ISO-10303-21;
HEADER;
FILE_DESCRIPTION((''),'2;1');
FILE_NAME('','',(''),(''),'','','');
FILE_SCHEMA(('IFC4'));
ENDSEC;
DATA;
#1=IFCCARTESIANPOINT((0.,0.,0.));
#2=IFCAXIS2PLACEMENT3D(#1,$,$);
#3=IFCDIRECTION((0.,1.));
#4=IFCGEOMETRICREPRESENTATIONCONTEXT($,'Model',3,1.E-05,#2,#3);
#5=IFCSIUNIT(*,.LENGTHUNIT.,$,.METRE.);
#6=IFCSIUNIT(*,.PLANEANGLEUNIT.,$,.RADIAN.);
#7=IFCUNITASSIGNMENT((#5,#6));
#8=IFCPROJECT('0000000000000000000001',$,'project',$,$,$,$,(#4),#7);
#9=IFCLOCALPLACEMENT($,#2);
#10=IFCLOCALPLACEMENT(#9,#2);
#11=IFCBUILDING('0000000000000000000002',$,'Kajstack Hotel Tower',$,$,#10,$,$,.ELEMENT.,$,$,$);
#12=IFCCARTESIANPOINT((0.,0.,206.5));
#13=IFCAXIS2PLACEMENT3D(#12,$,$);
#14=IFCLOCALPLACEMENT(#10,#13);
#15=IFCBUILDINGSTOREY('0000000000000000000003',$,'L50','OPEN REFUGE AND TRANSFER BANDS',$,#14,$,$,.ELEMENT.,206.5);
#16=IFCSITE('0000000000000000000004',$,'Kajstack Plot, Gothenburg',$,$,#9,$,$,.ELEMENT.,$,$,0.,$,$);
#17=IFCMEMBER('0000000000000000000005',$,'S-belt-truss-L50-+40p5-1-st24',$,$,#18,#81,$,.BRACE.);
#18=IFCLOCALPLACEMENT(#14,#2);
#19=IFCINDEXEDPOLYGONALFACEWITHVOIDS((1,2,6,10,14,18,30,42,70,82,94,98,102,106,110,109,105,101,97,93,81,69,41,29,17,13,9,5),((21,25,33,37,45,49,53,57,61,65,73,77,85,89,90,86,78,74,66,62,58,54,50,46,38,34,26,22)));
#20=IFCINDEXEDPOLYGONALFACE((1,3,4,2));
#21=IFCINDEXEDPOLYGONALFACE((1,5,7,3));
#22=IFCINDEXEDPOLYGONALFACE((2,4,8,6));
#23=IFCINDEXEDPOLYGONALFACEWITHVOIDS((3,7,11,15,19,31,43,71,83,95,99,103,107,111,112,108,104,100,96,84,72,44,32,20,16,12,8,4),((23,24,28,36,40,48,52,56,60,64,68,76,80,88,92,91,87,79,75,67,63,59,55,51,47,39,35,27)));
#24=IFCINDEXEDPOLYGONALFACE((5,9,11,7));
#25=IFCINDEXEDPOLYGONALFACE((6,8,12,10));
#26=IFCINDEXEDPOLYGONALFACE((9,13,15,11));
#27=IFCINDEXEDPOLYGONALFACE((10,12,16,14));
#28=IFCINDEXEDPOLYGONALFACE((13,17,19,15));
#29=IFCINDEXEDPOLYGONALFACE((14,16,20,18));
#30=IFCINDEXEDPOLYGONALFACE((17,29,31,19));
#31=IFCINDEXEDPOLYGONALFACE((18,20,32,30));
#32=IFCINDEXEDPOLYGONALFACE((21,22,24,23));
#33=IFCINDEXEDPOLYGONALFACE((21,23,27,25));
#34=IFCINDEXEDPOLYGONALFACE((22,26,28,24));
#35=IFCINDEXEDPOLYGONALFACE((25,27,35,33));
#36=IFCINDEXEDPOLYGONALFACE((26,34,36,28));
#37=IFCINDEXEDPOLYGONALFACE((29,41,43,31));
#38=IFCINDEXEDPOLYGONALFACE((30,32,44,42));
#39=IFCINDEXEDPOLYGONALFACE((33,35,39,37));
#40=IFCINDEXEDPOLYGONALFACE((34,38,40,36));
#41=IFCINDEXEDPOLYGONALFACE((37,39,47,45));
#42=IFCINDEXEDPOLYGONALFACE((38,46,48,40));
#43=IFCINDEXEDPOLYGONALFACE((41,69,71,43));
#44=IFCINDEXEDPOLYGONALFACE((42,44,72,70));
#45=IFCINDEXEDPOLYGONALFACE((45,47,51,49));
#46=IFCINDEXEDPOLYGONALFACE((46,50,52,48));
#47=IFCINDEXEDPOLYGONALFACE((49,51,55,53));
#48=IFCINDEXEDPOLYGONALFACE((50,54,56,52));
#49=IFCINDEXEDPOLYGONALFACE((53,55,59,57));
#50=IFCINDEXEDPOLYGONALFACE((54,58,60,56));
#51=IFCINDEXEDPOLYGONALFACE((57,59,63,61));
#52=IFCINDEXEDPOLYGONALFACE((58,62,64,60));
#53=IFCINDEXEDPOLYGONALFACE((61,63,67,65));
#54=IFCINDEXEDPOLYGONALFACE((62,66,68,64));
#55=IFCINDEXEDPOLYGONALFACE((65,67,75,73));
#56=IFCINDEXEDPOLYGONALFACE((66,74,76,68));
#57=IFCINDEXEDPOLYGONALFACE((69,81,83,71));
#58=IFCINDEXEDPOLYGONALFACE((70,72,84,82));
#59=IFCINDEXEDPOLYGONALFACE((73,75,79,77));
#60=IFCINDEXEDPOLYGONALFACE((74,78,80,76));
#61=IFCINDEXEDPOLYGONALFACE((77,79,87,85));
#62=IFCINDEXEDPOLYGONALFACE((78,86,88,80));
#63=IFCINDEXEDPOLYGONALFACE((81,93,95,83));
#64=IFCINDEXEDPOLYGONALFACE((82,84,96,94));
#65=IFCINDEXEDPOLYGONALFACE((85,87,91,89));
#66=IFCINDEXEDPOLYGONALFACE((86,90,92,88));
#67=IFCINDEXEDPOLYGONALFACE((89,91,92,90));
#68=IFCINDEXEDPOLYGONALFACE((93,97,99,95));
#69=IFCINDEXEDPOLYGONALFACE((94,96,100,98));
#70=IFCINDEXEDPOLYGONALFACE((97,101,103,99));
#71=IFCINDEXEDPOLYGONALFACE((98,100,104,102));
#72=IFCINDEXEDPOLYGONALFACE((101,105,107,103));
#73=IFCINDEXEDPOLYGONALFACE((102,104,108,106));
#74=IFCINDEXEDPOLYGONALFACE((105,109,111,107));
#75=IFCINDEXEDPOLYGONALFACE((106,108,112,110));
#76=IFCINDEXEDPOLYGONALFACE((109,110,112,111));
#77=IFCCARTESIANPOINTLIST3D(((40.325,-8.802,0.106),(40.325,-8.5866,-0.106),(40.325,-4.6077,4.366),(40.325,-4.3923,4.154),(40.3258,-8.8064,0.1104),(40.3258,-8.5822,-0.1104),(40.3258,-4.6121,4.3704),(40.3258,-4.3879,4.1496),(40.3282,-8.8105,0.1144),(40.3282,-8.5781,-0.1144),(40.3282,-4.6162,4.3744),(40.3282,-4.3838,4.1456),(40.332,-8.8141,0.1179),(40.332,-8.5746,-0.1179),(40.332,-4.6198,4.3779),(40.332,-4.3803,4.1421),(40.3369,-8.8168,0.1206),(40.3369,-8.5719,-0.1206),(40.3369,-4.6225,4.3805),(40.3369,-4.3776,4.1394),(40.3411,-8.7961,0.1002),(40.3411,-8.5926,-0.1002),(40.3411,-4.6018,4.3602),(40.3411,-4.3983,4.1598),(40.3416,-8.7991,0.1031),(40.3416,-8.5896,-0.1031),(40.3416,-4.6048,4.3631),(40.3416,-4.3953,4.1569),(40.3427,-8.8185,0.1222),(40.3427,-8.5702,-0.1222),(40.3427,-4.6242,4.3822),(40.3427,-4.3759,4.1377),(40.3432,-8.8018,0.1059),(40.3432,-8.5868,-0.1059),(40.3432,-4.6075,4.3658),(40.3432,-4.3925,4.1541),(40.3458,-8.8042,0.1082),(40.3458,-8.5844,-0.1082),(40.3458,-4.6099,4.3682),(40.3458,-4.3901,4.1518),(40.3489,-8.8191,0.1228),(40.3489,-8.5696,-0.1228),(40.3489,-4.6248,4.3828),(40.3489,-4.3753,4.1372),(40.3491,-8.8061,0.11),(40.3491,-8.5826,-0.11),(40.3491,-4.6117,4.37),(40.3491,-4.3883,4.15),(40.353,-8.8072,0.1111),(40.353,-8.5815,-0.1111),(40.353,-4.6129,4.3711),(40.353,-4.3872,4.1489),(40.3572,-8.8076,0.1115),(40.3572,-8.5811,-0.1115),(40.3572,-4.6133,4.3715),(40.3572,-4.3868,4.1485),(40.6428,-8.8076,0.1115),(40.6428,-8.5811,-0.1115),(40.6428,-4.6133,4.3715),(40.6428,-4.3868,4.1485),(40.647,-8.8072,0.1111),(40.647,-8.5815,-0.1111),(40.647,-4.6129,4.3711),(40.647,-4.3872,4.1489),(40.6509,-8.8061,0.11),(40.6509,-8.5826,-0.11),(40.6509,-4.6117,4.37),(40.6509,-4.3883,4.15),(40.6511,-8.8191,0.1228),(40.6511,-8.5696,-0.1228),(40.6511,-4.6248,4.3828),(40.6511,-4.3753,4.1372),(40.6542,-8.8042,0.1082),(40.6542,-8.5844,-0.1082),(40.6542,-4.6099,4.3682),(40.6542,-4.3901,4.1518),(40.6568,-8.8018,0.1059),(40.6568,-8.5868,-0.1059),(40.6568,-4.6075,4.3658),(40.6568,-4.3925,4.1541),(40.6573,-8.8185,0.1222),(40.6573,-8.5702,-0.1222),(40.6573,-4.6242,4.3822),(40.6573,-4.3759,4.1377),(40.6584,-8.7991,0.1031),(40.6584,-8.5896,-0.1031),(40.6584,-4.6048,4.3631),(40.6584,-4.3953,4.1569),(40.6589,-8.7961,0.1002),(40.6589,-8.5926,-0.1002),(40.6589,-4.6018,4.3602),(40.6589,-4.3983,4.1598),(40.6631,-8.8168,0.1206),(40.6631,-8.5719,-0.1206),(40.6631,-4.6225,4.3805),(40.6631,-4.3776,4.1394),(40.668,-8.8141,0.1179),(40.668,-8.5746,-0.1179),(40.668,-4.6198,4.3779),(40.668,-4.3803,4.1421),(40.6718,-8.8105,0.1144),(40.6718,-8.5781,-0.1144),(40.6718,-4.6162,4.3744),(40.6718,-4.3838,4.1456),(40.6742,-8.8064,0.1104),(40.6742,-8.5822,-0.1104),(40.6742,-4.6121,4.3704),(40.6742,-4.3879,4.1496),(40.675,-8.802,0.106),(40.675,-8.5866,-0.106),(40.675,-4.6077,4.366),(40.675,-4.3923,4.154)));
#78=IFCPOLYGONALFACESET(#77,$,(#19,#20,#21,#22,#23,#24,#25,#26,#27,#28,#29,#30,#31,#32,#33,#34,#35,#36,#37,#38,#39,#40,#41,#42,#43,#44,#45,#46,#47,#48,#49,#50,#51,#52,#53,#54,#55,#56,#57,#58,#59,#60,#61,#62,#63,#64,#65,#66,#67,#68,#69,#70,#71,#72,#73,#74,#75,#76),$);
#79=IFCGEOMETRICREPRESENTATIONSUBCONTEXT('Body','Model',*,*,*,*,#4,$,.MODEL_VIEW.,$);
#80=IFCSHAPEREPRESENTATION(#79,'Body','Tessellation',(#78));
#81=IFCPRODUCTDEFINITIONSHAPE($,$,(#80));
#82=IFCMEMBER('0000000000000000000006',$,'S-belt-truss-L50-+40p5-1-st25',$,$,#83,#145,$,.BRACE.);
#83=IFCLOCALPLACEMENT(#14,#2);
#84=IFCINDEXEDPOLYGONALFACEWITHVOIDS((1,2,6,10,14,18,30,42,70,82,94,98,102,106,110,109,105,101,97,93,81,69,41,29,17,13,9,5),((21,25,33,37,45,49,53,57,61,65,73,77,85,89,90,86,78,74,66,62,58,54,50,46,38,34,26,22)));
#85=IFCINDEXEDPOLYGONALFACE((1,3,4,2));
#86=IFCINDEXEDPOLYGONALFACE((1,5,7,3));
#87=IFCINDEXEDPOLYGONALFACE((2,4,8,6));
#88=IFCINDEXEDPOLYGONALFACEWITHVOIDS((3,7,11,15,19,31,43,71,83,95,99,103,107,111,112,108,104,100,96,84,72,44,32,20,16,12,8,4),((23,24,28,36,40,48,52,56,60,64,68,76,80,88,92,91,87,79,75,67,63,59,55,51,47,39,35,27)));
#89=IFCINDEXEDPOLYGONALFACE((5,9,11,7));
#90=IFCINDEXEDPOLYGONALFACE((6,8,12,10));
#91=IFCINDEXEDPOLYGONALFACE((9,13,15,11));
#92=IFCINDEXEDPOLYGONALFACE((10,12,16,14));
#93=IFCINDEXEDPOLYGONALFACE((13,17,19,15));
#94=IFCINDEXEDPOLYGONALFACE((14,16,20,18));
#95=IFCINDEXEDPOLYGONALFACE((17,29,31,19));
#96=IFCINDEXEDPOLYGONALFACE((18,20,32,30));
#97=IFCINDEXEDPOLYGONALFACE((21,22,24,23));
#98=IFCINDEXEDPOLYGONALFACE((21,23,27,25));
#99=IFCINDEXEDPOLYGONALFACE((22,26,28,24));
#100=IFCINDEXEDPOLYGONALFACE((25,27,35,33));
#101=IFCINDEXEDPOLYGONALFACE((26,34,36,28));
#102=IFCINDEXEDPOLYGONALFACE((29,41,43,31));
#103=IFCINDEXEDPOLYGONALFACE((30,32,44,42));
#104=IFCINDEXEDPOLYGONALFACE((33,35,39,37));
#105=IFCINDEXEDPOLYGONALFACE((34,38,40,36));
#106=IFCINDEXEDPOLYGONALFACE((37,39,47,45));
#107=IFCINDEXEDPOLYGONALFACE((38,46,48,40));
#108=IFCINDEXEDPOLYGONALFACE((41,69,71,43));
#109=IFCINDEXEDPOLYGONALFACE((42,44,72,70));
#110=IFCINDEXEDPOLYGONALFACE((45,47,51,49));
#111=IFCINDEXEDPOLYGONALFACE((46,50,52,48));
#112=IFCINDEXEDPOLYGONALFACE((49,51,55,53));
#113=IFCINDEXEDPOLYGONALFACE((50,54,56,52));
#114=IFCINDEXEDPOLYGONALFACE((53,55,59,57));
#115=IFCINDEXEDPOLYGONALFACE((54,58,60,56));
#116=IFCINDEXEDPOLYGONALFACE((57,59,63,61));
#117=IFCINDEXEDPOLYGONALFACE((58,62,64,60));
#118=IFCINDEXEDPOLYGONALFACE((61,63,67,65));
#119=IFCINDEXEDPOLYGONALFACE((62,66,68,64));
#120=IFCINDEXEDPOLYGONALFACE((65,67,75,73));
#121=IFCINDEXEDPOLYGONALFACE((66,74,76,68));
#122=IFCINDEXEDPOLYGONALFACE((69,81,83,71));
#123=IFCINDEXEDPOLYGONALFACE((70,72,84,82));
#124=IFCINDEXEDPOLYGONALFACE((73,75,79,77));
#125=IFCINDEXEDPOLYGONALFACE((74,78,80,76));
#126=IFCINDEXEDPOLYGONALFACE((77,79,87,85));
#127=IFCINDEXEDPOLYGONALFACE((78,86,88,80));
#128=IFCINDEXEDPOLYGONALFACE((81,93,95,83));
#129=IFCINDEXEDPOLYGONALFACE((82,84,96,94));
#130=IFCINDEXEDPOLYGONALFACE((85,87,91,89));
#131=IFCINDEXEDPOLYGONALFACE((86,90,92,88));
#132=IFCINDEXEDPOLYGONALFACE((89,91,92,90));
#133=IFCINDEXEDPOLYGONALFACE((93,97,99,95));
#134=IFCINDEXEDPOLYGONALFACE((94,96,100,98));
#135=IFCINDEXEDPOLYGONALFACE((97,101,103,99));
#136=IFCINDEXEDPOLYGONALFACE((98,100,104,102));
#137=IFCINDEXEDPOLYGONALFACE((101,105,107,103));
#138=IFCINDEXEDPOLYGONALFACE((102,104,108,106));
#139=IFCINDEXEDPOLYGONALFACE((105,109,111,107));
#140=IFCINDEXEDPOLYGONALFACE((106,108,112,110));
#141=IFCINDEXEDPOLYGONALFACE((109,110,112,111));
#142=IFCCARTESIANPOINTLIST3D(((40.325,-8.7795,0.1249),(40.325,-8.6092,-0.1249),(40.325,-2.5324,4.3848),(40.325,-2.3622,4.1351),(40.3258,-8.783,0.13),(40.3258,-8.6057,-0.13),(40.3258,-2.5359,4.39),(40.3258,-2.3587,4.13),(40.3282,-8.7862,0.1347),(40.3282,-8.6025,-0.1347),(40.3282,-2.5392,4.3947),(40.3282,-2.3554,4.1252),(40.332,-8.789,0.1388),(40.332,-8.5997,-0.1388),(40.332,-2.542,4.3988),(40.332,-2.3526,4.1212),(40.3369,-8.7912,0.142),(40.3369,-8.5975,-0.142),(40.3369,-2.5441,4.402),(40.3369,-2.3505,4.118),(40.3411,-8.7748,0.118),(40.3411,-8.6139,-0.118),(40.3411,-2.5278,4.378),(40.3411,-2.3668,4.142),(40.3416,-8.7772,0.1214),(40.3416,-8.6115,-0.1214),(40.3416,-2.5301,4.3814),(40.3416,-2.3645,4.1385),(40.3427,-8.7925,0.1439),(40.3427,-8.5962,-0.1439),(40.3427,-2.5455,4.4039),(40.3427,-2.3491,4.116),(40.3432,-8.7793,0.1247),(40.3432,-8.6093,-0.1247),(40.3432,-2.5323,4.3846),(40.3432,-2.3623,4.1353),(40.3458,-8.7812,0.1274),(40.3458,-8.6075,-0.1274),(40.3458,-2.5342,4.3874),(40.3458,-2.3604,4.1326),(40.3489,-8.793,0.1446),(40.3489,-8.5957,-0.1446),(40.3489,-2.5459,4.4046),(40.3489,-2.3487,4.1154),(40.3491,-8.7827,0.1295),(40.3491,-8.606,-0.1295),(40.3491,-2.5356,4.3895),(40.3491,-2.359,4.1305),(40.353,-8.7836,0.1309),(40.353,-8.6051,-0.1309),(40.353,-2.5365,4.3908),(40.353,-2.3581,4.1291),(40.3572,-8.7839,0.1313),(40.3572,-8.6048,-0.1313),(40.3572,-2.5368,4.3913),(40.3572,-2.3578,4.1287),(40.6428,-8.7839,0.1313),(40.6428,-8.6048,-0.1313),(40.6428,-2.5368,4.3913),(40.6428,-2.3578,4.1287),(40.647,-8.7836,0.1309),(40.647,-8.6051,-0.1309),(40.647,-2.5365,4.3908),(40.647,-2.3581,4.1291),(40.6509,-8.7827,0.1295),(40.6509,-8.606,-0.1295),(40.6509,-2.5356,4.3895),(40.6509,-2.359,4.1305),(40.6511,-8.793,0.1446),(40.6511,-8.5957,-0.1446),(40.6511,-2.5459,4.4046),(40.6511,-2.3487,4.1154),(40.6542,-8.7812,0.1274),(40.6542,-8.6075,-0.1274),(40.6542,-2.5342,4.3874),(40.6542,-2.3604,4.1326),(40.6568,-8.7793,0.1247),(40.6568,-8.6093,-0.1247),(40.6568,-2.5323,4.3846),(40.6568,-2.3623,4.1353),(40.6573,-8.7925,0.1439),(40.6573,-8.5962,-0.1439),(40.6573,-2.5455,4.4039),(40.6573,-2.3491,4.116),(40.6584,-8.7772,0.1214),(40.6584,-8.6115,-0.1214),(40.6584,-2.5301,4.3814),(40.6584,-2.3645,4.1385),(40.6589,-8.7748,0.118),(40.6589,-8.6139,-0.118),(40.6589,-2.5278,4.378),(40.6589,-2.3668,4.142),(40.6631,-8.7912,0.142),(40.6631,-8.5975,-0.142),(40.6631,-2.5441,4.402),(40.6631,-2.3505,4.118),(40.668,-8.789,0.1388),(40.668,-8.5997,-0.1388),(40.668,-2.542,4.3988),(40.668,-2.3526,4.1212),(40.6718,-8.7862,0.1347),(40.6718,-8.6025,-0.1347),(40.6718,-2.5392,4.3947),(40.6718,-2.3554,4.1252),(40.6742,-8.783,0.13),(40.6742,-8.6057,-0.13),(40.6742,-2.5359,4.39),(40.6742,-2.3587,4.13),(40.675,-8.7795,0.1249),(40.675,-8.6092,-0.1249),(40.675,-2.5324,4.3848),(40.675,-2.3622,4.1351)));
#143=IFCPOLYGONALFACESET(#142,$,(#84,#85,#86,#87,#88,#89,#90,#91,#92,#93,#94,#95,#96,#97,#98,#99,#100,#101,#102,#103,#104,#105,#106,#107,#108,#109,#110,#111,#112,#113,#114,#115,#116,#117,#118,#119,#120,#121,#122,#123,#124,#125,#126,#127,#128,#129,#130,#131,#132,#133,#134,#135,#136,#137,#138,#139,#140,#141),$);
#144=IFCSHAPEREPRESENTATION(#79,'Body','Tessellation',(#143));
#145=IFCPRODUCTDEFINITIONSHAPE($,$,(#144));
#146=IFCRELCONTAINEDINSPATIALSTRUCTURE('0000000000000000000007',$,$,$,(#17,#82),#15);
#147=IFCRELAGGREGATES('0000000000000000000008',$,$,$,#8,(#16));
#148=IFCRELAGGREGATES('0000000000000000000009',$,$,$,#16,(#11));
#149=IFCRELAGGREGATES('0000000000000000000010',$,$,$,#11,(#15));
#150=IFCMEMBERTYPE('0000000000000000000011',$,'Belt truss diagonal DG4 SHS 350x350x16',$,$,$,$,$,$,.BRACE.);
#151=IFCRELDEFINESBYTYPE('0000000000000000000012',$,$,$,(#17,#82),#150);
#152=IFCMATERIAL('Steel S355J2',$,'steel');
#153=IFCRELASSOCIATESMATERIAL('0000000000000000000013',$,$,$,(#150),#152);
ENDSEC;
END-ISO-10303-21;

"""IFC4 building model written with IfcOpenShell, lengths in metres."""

from ifc_helpers import new_model, si_unit, direction, frame, origin, origin_2d, place, context, subcontext, project, spatial, hollow_rectangle, extrude, material, material_profile, profile_set, type_object, element, save


model = new_model("IFC4")

# Units and contexts
model_context = context("Model", 3, precision=1e-05, world=origin(), true_north=direction((0.0, 1.0)))
body_context = subcontext(model_context, "Body", "Model", "MODEL_VIEW")
ifc_project = project(units=[si_unit("LENGTHUNIT", "METRE"), si_unit("PLANEANGLEUNIT", "RADIAN")], contexts=[model_context])

# Site, building, storey
site_placement = place(None, origin())
site = spatial("IfcSite", under=ifc_project, at=site_placement, Name="Kajstack Plot, Gothenburg", CompositionType="ELEMENT", RefElevation=0.0)
building_placement = place(site_placement, origin())
building = spatial("IfcBuilding", under=site, at=building_placement, Name="Kajstack Hotel Tower", CompositionType="ELEMENT")
storey_placement = place(building_placement, frame((0.0, 0.0, 206.5)))
storey = spatial("IfcBuildingStorey", under=building, at=storey_placement, Name="L50", Description="OPEN REFUGE AND TRANSFER BANDS", CompositionType="ELEMENT", Elevation=206.5)

# Members
ifc_material = material(Name="Steel S355J2", Category="steel")
ifc_material_profile_1 = material_profile(ifc_material, hollow_rectangle(XDim=0.3501, YDim=0.3501, WallThickness=0.0161, InnerFilletRadius=0.0161, OuterFilletRadius=0.0239, at=origin_2d()), Name="SHS 350x350x16")
ifc_profile_set_1 = profile_set([ifc_material_profile_1], Name="Steel S355J2")
member_type_1 = type_object("IfcMemberType", Name="Belt truss diagonal DG4 SHS 350x350x16", PredefinedType="BRACE", material=ifc_profile_set_1)
member_1_placement = place(storey_placement, frame((40.5, -8.6943, 0.0), z_axis=(0.0, 0.701593, 0.712578), x_axis=(-1.0, 0.0, 0.0)))
element("IfcMember", 1, at=member_1_placement, inside=storey, type_object=member_type_1, Name="S-belt-truss-L50-+40p5-1-st24", PredefinedType="BRACE", context=body_context, shape_type="SweptSolid", body=[
    extrude(hollow_rectangle(XDim=0.3501, YDim=0.3501, WallThickness=0.0161, InnerFilletRadius=0.0161, OuterFilletRadius=0.0239, at=origin_2d()), origin(), (0.0, 0.0, 1.0), 5.9783),
])
member_2_placement = place(storey_placement, frame((40.5, -8.6943, 0.0), z_axis=(0.0, 0.826188, 0.563395), x_axis=(-1.0, 0.0, 0.0)))
element("IfcMember", 2, at=member_2_placement, inside=storey, type_object=member_type_1, Name="S-belt-truss-L50-+40p5-1-st25", PredefinedType="BRACE", context=body_context, shape_type="SweptSolid", body=[
    extrude(hollow_rectangle(XDim=0.3501, YDim=0.3501, WallThickness=0.0161, InnerFilletRadius=0.0161, OuterFilletRadius=0.0239, at=origin_2d()), origin(), (0.0, 0.0, 1.0), 7.5613),
])

save(model, "model.ifc")
